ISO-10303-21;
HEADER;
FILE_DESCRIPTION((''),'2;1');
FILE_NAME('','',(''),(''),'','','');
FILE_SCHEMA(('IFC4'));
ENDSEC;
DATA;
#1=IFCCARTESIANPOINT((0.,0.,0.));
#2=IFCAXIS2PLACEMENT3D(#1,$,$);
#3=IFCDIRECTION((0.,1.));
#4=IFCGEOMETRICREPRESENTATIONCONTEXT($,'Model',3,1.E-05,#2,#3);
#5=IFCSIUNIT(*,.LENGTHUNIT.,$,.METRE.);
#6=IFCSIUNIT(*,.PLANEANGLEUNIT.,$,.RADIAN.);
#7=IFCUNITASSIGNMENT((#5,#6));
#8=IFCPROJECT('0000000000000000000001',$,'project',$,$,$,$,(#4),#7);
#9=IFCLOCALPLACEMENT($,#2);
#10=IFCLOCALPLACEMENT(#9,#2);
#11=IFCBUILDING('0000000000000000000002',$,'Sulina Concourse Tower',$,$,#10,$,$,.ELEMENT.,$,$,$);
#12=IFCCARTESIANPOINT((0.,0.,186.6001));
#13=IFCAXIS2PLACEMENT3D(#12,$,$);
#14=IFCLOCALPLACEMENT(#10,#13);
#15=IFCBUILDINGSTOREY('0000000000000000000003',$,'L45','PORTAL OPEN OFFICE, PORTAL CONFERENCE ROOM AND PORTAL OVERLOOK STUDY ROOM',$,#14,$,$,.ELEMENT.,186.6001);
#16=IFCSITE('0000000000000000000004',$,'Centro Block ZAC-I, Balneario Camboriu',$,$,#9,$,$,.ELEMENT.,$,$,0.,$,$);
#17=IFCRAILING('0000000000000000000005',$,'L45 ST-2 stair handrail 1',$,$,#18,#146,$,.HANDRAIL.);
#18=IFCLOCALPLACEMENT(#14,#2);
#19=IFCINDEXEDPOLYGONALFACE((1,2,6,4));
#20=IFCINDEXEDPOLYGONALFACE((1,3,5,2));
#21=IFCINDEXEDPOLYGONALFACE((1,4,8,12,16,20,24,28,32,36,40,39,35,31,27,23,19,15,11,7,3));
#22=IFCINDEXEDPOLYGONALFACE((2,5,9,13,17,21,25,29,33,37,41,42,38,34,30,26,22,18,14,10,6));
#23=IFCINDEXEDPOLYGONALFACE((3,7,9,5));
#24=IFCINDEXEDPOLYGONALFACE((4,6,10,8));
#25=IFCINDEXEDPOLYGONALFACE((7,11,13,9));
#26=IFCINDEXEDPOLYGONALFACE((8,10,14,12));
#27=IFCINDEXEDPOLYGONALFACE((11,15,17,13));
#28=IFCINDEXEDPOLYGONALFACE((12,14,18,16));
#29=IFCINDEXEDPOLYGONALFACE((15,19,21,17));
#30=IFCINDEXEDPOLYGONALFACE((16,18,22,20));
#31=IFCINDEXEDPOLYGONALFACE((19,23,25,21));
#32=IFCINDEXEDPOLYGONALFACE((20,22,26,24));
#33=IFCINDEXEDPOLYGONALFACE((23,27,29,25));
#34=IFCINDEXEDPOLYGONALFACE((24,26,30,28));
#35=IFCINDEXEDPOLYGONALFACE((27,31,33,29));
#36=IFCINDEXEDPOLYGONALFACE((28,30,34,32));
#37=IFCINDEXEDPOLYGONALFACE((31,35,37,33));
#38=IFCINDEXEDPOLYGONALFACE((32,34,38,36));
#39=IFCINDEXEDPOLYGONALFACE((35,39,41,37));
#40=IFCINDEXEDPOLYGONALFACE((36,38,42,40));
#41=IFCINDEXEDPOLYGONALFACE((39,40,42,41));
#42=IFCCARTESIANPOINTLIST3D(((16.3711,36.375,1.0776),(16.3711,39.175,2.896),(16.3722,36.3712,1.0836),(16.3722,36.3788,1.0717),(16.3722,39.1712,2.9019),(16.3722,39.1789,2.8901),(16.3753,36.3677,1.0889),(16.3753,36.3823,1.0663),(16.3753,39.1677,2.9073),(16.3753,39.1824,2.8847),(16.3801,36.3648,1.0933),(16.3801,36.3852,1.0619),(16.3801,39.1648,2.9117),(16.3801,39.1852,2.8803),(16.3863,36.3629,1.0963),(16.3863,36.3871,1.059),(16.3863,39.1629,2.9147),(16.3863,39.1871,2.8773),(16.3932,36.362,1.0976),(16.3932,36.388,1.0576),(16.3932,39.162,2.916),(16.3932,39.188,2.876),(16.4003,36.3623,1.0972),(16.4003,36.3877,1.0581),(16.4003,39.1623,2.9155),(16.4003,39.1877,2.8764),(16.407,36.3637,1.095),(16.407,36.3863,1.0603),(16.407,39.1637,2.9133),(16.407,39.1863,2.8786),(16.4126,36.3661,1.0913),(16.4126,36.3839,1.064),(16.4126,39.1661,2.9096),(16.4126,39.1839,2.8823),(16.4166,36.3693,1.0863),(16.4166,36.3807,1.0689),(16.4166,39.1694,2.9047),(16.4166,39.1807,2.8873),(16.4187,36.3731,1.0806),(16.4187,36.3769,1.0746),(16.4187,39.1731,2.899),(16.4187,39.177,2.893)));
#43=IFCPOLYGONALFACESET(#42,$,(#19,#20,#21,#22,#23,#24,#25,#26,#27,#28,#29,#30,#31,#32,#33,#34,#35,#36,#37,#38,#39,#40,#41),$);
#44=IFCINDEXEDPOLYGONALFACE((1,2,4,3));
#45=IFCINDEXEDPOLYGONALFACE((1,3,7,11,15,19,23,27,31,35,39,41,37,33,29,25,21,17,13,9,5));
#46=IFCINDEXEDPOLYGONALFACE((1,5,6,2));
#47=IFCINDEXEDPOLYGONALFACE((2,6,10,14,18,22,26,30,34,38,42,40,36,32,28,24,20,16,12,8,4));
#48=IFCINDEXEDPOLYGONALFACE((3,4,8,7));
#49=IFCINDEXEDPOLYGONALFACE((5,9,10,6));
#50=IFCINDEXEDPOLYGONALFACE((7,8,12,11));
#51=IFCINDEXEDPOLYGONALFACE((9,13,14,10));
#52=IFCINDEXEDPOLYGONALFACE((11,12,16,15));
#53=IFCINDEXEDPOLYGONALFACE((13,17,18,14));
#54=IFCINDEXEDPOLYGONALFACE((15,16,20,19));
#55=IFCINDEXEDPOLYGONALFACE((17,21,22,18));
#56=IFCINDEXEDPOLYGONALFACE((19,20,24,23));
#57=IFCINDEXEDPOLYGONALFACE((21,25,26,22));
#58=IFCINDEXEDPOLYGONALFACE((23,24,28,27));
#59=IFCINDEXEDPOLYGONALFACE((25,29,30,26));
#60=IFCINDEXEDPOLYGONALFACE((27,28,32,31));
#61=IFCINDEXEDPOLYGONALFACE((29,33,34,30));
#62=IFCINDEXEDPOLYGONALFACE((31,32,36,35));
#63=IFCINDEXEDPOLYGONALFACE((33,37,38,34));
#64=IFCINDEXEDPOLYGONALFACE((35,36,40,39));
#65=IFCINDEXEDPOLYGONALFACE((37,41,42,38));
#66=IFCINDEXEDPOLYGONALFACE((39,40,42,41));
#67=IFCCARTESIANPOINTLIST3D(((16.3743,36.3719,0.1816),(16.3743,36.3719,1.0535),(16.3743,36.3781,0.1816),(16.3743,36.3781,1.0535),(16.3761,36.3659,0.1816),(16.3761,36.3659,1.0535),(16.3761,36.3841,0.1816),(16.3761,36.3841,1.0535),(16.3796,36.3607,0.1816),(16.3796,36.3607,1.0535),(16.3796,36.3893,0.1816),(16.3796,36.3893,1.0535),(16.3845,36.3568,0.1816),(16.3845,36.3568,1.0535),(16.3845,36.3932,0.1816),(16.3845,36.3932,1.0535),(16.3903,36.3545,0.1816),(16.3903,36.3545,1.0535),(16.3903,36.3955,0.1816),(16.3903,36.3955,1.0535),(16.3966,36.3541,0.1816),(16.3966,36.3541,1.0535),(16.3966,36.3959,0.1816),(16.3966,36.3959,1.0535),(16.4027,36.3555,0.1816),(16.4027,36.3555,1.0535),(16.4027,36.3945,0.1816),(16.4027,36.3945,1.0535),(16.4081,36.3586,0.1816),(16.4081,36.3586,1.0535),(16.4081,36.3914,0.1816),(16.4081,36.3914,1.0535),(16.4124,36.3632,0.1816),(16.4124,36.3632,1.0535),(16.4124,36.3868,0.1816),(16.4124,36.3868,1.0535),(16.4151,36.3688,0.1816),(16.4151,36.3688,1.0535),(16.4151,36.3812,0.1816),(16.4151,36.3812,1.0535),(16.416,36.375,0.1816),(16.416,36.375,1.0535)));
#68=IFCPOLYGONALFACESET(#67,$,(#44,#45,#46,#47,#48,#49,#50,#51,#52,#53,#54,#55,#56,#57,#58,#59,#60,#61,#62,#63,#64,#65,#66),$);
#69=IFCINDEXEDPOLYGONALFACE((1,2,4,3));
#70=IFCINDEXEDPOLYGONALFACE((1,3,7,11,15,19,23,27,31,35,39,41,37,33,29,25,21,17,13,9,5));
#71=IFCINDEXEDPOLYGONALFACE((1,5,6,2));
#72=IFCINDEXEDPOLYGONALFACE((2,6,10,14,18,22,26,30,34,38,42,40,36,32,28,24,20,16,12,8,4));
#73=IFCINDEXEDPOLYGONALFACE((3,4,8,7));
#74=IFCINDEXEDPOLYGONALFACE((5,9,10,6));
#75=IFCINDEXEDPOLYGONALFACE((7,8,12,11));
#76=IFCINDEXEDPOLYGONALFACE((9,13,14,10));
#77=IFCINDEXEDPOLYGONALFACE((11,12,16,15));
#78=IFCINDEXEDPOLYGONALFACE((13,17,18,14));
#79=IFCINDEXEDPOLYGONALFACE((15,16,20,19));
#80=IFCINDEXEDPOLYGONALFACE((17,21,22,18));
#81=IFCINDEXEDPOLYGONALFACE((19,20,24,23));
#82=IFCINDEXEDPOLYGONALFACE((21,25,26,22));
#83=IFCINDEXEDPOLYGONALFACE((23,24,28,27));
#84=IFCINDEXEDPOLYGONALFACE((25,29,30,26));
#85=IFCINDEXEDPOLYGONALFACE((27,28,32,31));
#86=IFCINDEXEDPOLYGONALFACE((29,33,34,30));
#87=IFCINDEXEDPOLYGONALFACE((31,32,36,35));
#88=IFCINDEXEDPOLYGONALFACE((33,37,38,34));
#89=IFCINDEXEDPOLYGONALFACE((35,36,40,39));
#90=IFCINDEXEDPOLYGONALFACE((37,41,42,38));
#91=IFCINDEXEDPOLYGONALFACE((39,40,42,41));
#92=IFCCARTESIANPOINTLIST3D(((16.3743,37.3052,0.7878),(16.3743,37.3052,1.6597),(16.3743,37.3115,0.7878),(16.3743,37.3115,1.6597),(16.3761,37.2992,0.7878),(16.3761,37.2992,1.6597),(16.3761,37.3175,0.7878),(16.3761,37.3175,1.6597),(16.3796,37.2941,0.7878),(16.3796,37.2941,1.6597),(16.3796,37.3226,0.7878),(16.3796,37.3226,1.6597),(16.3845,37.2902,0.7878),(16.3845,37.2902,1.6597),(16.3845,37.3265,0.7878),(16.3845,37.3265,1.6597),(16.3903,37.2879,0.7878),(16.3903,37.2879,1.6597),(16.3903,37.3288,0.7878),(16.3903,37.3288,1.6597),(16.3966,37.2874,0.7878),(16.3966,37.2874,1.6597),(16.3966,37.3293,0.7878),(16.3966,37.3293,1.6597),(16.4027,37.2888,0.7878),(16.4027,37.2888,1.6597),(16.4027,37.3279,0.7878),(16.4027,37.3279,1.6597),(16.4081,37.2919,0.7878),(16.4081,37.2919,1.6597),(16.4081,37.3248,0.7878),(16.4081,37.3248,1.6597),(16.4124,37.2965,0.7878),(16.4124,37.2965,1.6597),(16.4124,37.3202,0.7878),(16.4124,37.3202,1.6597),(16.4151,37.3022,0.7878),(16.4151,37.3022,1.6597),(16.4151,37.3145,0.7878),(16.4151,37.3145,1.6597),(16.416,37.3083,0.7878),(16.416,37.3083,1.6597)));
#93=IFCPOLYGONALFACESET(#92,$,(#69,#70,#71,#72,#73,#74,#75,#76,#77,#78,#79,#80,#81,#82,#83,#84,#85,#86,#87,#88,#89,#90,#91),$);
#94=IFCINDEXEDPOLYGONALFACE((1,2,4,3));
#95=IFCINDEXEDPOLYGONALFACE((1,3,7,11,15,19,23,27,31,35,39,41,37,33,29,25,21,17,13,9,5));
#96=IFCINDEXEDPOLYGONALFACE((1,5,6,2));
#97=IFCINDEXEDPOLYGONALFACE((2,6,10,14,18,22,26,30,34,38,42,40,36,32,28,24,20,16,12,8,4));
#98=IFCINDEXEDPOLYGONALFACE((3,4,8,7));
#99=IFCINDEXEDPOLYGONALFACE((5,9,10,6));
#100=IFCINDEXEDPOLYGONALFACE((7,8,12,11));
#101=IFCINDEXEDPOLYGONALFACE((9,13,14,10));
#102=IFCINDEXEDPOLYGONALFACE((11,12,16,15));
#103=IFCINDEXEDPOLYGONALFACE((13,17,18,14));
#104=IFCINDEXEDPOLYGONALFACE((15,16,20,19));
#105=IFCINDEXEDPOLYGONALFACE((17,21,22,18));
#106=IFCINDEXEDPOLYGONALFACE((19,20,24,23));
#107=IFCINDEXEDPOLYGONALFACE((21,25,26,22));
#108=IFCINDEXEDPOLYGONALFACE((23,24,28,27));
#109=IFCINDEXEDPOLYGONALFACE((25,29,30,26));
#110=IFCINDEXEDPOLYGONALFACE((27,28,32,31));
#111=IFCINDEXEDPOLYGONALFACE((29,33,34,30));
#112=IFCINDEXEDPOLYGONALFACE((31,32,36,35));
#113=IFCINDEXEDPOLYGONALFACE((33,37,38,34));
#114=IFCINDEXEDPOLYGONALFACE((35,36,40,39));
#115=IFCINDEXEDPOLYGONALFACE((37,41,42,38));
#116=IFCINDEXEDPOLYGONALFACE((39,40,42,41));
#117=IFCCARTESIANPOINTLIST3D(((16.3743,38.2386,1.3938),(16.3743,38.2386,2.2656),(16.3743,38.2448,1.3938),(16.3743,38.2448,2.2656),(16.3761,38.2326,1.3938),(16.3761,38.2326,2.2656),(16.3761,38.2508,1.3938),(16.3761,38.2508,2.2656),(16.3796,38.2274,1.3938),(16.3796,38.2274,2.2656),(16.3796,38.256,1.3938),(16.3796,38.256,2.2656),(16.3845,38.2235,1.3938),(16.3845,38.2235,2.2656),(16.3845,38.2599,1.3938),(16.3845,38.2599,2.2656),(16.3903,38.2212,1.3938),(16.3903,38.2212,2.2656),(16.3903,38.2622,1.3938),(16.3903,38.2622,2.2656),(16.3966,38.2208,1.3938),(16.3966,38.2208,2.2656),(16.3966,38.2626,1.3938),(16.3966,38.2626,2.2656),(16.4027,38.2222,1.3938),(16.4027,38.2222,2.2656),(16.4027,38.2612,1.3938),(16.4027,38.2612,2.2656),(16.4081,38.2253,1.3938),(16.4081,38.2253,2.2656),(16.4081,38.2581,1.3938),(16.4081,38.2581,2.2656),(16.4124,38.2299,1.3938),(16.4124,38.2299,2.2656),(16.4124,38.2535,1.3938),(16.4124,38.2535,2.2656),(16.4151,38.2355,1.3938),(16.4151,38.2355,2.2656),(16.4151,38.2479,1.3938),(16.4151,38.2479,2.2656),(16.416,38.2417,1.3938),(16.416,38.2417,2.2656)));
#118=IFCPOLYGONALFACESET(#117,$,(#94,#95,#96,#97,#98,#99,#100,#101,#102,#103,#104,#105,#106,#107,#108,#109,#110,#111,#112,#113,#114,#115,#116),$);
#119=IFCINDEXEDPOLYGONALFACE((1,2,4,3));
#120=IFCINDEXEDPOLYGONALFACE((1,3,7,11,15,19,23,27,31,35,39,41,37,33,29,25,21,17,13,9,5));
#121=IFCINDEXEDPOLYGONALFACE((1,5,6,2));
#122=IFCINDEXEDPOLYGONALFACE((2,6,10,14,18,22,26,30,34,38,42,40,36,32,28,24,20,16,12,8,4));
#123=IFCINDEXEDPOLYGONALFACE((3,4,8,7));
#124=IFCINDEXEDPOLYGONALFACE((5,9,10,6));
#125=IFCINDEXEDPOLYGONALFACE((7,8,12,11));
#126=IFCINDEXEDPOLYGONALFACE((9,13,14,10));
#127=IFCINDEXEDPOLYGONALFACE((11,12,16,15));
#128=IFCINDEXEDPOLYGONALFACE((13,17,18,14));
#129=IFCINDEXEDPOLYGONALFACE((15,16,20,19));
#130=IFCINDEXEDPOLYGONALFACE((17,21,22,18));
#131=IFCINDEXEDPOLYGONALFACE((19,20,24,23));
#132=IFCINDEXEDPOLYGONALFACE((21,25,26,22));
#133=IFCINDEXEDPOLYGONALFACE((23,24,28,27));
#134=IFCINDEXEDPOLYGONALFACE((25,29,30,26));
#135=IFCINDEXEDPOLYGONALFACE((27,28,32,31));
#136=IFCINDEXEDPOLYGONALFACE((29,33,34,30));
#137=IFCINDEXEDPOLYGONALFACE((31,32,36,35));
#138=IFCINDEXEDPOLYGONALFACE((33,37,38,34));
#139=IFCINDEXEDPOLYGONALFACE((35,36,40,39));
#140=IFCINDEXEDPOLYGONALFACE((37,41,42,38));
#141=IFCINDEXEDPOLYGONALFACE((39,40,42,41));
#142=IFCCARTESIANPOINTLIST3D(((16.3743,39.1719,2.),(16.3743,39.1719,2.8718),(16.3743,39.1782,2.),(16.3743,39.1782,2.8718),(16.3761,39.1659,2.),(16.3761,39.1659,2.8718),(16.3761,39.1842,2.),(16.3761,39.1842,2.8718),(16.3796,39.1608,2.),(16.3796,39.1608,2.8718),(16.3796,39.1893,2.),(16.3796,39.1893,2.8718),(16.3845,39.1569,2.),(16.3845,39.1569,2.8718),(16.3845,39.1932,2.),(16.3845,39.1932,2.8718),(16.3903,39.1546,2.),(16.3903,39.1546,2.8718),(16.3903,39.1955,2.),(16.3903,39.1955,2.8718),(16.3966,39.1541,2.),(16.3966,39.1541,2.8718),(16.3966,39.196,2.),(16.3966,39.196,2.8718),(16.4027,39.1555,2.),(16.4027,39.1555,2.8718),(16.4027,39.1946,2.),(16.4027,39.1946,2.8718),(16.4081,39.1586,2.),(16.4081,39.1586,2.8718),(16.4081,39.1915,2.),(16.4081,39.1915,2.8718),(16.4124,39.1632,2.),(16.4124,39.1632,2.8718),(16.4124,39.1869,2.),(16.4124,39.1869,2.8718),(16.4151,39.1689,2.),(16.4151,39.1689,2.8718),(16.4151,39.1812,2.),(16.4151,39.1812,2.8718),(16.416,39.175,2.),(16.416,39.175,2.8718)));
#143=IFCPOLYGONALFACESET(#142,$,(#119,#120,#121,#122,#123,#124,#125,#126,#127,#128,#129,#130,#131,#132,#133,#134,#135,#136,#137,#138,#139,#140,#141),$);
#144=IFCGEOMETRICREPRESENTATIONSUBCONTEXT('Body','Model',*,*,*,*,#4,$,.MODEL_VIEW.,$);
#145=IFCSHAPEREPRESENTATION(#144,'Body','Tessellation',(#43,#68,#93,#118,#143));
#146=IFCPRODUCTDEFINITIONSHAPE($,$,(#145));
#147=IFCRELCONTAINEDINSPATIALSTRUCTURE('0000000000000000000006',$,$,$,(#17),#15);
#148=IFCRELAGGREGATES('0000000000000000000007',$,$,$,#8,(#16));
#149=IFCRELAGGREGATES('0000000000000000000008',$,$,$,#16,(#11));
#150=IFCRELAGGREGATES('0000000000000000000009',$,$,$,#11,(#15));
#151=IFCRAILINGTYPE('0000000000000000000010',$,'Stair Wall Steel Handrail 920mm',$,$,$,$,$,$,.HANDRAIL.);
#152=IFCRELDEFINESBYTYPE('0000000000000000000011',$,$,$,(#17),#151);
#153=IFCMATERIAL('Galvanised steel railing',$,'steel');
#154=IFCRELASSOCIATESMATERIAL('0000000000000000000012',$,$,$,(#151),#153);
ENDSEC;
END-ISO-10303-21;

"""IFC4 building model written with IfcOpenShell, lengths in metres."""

from ifc_helpers import new_model, si_unit, direction, frame, origin, origin_2d, place, context, subcontext, project, spatial, circle, extrude, material, type_object, element, save


model = new_model("IFC4")

# Units and contexts
model_context = context("Model", 3, precision=1e-05, world=origin(), true_north=direction((0.0, 1.0)))
body_context = subcontext(model_context, "Body", "Model", "MODEL_VIEW")
ifc_project = project(units=[si_unit("LENGTHUNIT", "METRE"), si_unit("PLANEANGLEUNIT", "RADIAN")], contexts=[model_context])

# Site, building, storey
site_placement = place(None, origin())
site = spatial("IfcSite", under=ifc_project, at=site_placement, Name="Centro Block ZAC-I, Balneario Camboriu", CompositionType="ELEMENT", RefElevation=0.0)
building_placement = place(site_placement, origin())
building = spatial("IfcBuilding", under=site, at=building_placement, Name="Sulina Concourse Tower", CompositionType="ELEMENT")
storey_placement = place(building_placement, frame((0.0, 0.0, 186.6001)))
storey = spatial("IfcBuildingStorey", under=building, at=storey_placement, Name="L45", Description="PORTAL OPEN OFFICE, PORTAL CONFERENCE ROOM AND PORTAL OVERLOOK STUDY ROOM", CompositionType="ELEMENT", Elevation=186.6001)

# Railing
ifc_material_1 = material(Name="Galvanised steel railing", Category="steel")
railing_type_1 = type_object("IfcRailingType", Name="Stair Wall Steel Handrail 920mm", PredefinedType="HANDRAIL", material=ifc_material_1)
railing_1_placement = place(storey_placement, frame((16.395, 36.375, 0.1816)))
element("IfcRailing", 1, at=railing_1_placement, inside=storey, type_object=railing_type_1, Name="L45 ST-2 stair handrail 1", PredefinedType="HANDRAIL", context=body_context, shape_type="SweptSolid", body=[
    extrude(circle(Radius=0.0239, at=origin_2d()), frame((0.0, 0.0, 0.896), z_axis=(0.0, 0.838672, 0.544636), x_axis=(-1.0, 0.0, 0.0)), (0.0, 0.0, 1.0), 3.3386),
    extrude(circle(Radius=0.021, at=origin_2d()), origin(), (0.0, 0.0, 1.0), 0.8718),
    extrude(circle(Radius=0.021, at=origin_2d()), frame((0.0, 0.9333, 0.6062)), (0.0, 0.0, 1.0), 0.8718),
    extrude(circle(Radius=0.021, at=origin_2d()), frame((0.0, 1.8667, 1.2122)), (0.0, 0.0, 1.0), 0.8718),
    extrude(circle(Radius=0.021, at=origin_2d()), frame((0.0, 2.8, 1.8184)), (0.0, 0.0, 1.0), 0.8718),
])

save(model, "model.ifc")
